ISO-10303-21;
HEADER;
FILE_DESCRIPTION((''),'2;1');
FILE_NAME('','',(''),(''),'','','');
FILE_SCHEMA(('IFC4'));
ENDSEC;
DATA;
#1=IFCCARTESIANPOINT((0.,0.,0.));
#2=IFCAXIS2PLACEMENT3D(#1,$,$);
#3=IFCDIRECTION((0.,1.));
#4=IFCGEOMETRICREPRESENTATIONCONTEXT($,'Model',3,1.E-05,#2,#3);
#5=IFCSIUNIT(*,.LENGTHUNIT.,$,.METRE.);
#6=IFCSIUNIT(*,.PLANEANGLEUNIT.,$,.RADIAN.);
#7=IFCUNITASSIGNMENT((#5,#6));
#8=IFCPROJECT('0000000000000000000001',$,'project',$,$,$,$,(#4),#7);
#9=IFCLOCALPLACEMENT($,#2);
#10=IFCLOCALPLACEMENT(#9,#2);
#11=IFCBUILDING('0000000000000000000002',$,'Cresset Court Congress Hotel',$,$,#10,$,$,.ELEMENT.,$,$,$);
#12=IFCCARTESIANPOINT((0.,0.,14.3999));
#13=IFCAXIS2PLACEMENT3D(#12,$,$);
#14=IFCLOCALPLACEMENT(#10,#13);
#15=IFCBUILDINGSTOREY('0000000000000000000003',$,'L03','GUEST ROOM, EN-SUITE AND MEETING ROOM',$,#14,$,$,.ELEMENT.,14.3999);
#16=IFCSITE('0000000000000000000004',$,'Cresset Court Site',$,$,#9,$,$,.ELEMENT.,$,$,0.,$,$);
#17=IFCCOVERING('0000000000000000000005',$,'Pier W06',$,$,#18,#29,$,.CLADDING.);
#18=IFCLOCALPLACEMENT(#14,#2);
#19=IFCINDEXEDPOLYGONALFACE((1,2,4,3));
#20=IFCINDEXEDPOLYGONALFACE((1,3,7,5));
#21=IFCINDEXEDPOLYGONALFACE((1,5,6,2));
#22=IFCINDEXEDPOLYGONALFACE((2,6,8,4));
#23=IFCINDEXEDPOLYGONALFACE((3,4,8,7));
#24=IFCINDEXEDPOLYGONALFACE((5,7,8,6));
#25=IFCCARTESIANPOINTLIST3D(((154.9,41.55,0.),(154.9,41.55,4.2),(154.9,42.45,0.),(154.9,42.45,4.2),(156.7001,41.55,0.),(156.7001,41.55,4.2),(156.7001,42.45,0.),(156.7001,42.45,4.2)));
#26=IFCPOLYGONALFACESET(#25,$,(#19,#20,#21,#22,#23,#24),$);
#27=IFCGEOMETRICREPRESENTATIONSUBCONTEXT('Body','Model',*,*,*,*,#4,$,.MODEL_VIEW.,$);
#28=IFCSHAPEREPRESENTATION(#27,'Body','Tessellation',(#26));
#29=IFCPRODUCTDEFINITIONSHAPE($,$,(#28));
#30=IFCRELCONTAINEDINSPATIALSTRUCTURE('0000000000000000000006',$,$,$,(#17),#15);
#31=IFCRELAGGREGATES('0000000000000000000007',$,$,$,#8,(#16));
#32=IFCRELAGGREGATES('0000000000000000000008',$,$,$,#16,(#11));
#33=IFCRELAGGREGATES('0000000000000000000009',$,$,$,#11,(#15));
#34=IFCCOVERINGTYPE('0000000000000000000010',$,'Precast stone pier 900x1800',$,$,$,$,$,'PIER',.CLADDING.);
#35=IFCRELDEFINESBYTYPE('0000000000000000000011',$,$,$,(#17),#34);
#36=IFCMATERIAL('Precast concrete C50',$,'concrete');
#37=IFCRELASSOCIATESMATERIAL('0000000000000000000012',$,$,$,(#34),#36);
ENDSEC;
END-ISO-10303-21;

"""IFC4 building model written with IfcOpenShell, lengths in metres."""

from ifc_helpers import new_model, si_unit, direction, frame, origin, origin_2d, place, context, subcontext, project, spatial, rectangle, extrude, material, type_object, element, save


model = new_model("IFC4")

# Units and contexts
model_context = context("Model", 3, precision=1e-05, world=origin(), true_north=direction((0.0, 1.0)))
body_context = subcontext(model_context, "Body", "Model", "MODEL_VIEW")
ifc_project = project(units=[si_unit("LENGTHUNIT", "METRE"), si_unit("PLANEANGLEUNIT", "RADIAN")], contexts=[model_context])

# Site, building, storey
site_placement = place(None, origin())
site = spatial("IfcSite", under=ifc_project, at=site_placement, Name="Cresset Court Site", CompositionType="ELEMENT", RefElevation=0.0)
building_placement = place(site_placement, origin())
building = spatial("IfcBuilding", under=site, at=building_placement, Name="Cresset Court Congress Hotel", CompositionType="ELEMENT")
storey_placement = place(building_placement, frame((0.0, 0.0, 14.3999)))
storey = spatial("IfcBuildingStorey", under=building, at=storey_placement, Name="L03", Description="GUEST ROOM, EN-SUITE AND MEETING ROOM", CompositionType="ELEMENT", Elevation=14.3999)

# Covering
ifc_material_1 = material(Name="Precast concrete C50", Category="concrete")
covering_type_1 = type_object("IfcCoveringType", Name="Precast stone pier 900x1800", ElementType="PIER", PredefinedType="CLADDING", material=ifc_material_1)
covering_placement = place(storey_placement, frame((155.8, 42.0, 0.0), z_axis=(0.0, 0.0, 1.0), x_axis=(1.0, 0.0, 0.0)))
element("IfcCovering", 1, at=covering_placement, inside=storey, type_object=covering_type_1, Name="Pier W06", PredefinedType="CLADDING", context=body_context, shape_type="SweptSolid", body=[
    extrude(rectangle(XDim=1.8, YDim=0.8999, at=origin_2d()), origin(), (0.0, 0.0, 1.0), 4.2),
])

save(model, "model.ifc")
